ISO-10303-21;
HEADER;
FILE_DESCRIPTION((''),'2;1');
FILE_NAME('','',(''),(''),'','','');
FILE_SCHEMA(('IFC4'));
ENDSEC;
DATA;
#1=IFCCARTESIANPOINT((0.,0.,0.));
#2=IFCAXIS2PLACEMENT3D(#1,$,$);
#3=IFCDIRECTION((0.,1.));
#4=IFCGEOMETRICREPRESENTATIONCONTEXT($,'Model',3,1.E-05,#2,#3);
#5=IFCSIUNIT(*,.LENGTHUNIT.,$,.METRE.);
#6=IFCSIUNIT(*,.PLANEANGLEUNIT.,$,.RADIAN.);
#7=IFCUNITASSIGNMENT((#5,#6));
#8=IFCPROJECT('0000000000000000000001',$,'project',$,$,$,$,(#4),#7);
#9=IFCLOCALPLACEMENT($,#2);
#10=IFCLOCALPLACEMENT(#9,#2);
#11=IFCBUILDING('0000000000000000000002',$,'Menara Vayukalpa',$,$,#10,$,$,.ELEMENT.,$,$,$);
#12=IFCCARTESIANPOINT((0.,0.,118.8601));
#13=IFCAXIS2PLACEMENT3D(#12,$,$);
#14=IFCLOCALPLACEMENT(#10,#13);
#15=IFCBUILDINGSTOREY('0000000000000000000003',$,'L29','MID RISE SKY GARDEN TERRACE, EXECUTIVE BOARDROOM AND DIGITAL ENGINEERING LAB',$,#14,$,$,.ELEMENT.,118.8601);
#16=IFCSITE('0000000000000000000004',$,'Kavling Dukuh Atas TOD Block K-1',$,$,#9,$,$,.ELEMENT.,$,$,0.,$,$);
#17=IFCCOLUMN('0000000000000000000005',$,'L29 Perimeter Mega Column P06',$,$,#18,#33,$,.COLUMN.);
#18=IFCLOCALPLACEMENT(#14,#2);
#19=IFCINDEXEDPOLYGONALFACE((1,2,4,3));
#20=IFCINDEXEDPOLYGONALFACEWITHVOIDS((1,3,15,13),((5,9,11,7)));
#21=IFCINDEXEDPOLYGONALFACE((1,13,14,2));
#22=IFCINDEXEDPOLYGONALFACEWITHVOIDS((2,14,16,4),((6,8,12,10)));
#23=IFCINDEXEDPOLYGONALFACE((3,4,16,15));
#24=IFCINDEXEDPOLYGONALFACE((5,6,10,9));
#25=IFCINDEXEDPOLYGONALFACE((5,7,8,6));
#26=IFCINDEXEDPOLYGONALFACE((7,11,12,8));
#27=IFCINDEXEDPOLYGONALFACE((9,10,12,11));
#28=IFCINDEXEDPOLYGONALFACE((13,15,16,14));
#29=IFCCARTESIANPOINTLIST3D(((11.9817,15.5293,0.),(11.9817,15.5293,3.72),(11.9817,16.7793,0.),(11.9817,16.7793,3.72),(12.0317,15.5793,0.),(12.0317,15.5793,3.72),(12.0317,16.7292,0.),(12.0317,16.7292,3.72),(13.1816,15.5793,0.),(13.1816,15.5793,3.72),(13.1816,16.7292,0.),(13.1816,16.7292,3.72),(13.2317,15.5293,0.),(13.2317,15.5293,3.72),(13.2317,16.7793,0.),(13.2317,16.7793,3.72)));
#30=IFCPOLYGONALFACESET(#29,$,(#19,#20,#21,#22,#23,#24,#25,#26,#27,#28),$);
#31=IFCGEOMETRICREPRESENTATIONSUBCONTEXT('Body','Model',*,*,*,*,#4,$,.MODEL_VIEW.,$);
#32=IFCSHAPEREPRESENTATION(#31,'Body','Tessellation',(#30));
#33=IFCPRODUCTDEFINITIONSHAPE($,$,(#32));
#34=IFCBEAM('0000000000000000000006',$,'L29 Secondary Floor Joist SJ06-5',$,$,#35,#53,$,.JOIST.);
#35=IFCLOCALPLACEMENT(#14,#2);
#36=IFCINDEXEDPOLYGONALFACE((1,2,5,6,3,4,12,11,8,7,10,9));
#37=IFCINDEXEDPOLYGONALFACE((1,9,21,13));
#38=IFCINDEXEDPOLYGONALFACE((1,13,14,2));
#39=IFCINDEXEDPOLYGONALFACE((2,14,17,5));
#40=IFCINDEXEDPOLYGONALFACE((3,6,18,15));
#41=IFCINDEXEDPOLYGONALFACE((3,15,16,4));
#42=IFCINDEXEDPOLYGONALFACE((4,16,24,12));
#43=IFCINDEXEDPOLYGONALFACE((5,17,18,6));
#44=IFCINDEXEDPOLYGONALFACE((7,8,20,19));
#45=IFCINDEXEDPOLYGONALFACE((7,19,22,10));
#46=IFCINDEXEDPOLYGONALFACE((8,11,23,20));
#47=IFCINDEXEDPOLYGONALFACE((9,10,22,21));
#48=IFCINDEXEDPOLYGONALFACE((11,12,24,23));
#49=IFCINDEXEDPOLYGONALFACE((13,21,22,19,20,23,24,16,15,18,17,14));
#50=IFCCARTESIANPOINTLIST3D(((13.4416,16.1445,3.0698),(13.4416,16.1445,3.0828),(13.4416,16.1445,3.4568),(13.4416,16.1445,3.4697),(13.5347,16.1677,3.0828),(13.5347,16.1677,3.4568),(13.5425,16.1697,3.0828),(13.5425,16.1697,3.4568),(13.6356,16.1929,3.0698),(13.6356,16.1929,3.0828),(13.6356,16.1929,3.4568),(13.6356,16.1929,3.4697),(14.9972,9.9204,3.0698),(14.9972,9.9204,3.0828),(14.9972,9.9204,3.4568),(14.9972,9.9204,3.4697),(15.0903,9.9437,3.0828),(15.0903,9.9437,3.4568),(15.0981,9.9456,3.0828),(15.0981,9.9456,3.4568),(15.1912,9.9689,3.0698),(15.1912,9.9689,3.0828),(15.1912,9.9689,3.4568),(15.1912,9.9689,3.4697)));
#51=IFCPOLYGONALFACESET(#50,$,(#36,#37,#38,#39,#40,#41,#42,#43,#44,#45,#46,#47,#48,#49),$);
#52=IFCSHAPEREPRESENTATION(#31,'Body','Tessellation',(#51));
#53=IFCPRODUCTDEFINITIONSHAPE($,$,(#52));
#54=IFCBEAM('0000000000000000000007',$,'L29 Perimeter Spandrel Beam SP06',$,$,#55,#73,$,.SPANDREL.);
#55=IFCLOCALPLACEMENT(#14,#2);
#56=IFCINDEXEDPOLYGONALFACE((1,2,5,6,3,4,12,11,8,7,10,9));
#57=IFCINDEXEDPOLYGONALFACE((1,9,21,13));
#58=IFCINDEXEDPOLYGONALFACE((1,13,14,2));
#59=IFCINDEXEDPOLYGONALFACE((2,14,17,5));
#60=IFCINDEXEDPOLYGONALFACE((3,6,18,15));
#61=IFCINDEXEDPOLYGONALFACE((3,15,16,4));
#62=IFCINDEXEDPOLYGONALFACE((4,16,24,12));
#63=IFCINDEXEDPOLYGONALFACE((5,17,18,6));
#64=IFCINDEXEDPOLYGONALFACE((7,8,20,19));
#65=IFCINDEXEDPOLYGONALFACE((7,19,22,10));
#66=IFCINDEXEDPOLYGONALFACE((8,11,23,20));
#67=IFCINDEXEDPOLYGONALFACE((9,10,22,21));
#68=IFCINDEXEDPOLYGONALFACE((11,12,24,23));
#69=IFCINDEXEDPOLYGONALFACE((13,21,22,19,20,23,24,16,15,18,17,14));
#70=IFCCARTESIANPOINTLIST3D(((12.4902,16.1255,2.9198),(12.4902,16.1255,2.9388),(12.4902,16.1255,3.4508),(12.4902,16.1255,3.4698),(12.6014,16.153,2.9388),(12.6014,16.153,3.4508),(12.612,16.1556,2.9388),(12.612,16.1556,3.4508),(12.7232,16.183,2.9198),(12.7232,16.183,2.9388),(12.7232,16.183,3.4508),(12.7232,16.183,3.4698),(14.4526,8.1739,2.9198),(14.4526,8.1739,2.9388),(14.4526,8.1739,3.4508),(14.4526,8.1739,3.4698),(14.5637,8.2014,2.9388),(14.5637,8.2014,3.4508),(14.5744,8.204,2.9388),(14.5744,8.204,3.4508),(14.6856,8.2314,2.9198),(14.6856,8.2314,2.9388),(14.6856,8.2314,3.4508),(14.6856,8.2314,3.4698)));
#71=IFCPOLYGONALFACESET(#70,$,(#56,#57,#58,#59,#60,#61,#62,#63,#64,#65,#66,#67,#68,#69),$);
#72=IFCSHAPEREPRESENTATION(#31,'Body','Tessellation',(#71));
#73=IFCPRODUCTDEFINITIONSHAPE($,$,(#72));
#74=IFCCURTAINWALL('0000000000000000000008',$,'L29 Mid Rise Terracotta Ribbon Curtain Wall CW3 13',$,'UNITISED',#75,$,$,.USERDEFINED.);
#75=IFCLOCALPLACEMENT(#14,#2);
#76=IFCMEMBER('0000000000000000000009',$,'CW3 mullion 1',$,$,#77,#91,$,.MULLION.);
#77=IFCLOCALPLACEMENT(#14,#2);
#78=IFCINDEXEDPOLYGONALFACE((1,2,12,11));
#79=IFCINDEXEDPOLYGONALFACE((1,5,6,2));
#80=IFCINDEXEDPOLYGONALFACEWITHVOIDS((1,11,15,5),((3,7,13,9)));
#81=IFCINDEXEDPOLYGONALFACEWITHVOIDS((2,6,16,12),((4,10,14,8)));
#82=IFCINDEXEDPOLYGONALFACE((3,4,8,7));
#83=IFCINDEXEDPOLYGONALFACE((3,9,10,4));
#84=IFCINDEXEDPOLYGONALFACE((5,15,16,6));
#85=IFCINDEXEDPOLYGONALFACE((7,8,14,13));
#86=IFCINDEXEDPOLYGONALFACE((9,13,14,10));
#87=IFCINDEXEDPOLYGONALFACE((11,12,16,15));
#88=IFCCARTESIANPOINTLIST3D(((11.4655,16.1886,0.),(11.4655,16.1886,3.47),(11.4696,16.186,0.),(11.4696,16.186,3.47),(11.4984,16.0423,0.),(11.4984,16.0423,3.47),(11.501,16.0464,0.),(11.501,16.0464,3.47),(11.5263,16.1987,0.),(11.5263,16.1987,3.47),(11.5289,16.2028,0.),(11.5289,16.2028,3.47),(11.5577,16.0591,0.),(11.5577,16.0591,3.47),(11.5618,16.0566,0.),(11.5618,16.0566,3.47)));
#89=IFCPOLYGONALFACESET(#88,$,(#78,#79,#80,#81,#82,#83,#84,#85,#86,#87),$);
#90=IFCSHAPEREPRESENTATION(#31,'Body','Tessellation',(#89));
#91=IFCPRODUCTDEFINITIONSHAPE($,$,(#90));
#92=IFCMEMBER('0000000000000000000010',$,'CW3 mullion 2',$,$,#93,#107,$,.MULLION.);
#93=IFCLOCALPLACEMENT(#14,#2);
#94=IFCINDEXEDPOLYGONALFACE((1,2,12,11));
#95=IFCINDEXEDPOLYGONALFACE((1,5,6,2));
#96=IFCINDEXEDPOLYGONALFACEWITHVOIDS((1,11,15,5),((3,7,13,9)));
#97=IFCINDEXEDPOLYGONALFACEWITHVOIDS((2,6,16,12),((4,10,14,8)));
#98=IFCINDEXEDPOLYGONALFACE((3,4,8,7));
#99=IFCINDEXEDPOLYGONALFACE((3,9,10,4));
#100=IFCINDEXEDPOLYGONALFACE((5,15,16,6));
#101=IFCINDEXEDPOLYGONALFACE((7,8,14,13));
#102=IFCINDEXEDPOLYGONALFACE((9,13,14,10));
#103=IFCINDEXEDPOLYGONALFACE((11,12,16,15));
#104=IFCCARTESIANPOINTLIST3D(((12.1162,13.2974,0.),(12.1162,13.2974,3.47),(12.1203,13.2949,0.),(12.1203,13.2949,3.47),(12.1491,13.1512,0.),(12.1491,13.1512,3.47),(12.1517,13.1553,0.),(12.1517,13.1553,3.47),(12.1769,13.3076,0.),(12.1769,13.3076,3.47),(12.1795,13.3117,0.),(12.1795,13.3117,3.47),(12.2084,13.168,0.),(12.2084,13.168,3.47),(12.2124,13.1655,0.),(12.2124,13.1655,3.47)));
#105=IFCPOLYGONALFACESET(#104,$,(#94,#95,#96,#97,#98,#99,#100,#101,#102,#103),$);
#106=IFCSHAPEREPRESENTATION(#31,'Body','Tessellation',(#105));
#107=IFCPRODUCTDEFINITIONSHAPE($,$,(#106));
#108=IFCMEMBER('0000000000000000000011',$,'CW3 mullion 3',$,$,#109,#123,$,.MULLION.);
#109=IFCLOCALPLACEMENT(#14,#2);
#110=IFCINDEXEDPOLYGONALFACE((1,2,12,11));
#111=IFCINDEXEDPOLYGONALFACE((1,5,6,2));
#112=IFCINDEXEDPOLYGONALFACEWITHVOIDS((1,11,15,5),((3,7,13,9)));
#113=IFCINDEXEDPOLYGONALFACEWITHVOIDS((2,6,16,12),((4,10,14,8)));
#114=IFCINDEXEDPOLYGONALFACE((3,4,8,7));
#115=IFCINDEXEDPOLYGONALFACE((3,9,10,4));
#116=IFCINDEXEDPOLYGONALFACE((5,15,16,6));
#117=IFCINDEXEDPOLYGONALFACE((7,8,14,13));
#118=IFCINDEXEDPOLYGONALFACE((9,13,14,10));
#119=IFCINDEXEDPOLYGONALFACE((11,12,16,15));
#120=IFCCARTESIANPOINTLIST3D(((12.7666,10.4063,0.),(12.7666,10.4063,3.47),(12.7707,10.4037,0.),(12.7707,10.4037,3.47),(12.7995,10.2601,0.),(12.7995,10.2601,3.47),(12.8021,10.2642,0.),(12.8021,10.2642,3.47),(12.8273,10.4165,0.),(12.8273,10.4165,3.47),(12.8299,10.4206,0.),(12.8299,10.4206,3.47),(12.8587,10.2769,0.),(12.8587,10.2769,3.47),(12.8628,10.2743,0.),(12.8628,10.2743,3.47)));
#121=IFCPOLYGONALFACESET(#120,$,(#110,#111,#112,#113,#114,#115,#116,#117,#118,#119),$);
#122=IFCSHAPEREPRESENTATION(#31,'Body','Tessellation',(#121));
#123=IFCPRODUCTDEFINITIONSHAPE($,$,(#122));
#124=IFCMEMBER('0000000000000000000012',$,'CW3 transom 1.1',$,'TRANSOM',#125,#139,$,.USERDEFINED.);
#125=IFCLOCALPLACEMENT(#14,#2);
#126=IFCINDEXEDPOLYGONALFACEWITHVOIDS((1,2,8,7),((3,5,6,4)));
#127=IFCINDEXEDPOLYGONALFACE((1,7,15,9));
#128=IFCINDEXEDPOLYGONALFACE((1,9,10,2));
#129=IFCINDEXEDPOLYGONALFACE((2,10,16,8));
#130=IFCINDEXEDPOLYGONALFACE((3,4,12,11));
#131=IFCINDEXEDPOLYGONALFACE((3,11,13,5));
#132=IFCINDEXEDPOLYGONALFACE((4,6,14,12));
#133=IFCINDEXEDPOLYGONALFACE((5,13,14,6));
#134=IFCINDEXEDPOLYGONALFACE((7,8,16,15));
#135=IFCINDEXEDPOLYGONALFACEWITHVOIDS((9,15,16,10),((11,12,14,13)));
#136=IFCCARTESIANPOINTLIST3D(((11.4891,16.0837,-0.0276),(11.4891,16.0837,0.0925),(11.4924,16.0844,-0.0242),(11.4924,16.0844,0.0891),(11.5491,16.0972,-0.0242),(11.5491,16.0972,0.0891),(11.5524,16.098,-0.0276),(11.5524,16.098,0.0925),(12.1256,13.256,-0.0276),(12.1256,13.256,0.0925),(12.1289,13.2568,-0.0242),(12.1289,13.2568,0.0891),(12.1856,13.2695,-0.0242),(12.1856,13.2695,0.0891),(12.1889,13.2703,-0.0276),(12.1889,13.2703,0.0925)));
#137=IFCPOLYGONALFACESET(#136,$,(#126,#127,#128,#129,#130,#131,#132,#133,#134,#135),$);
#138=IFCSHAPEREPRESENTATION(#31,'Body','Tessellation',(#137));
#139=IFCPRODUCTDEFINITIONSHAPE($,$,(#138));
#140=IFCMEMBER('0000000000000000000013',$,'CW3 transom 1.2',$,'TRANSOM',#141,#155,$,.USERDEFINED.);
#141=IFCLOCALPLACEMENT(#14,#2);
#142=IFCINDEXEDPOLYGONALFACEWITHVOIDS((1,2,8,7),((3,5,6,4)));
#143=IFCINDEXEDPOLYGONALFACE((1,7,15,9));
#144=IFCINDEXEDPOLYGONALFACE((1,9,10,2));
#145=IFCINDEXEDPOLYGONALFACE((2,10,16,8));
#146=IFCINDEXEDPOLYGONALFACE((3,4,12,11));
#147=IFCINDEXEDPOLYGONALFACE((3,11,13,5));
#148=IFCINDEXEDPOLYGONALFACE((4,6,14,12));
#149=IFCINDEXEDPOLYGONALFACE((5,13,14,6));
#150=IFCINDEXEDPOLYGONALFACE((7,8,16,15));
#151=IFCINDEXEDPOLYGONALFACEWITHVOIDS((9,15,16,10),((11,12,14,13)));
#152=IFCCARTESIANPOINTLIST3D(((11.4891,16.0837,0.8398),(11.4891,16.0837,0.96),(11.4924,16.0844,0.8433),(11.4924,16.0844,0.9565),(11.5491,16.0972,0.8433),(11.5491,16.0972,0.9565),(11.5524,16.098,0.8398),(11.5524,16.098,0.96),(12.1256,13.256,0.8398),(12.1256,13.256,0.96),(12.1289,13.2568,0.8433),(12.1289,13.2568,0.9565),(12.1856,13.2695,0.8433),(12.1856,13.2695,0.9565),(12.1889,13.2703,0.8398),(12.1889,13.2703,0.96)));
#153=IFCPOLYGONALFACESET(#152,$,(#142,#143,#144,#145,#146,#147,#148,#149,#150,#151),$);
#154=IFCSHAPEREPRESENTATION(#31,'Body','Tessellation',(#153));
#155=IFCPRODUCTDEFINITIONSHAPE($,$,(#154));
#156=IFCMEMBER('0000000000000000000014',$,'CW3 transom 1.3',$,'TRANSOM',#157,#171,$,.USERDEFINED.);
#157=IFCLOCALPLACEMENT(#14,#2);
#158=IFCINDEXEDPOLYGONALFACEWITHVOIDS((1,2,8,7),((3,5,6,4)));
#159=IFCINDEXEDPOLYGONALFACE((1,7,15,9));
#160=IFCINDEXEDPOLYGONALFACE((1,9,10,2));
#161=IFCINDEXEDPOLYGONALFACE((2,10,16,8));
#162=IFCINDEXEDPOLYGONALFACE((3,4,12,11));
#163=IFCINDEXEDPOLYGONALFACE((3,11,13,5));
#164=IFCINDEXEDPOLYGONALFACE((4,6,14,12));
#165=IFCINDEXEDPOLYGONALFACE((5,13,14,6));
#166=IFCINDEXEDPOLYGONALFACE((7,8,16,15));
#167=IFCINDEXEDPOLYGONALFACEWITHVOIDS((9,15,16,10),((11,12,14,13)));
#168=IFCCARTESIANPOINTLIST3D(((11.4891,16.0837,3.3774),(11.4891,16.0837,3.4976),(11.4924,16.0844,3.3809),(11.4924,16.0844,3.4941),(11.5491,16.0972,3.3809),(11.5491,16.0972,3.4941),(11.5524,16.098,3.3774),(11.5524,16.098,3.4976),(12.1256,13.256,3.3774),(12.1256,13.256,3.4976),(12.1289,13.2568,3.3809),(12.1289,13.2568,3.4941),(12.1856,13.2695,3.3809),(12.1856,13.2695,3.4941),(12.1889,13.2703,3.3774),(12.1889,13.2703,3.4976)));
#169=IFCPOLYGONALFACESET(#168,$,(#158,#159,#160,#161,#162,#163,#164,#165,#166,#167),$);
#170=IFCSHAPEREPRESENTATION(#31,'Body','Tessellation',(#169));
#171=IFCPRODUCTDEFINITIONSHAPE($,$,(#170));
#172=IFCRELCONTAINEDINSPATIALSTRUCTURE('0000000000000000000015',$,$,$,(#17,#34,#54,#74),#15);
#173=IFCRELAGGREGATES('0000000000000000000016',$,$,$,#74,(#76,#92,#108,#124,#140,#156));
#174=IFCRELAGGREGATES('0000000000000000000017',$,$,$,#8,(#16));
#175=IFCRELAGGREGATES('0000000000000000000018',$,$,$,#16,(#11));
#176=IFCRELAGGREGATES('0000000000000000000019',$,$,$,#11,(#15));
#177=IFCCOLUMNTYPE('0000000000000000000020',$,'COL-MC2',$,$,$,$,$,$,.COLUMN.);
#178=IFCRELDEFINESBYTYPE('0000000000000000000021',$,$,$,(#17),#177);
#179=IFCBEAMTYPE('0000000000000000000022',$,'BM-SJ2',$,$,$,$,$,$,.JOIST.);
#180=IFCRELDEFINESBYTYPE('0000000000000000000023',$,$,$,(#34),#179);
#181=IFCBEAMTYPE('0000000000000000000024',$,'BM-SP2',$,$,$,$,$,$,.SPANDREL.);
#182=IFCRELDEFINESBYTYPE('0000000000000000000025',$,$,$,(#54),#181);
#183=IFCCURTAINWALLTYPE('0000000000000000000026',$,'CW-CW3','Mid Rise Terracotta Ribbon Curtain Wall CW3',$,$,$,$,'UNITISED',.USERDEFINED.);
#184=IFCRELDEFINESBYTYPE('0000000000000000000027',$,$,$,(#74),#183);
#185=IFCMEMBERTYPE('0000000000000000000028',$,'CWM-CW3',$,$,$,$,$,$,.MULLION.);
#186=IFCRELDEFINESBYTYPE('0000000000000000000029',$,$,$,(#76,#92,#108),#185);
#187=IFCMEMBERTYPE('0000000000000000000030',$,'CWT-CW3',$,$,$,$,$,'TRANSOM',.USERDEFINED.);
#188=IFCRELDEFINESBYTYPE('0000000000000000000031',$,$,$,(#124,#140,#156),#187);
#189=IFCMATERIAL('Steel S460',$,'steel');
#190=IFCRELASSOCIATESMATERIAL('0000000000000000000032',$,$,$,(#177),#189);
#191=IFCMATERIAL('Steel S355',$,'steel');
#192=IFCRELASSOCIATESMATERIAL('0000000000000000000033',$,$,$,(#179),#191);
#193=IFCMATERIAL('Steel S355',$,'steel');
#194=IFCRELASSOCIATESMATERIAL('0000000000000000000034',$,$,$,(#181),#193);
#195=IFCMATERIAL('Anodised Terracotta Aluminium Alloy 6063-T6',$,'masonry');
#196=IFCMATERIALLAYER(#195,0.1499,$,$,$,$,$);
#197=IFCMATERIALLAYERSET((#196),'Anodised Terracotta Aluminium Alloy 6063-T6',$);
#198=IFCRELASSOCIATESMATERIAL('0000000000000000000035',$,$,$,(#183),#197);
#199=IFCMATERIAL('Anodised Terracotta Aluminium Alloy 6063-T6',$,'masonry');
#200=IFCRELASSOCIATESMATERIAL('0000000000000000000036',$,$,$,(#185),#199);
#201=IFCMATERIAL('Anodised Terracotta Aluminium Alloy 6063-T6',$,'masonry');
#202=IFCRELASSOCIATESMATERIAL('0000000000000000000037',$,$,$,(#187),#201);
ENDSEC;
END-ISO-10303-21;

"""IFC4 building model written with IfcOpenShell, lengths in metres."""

from ifc_helpers import new_model, si_unit, direction, frame, origin, origin_2d, place, context, subcontext, project, spatial, hollow_rectangle, i_section, extrude, material, layer, layer_set, material_profile, profile_set, type_object, element, aggregate, save


model = new_model("IFC4")

# Units and contexts
model_context = context("Model", 3, precision=1e-05, world=origin(), true_north=direction((0.0, 1.0)))
body_context = subcontext(model_context, "Body", "Model", "MODEL_VIEW")
ifc_project = project(units=[si_unit("LENGTHUNIT", "METRE"), si_unit("PLANEANGLEUNIT", "RADIAN")], contexts=[model_context])

# Site, building, storey
site_placement = place(None, origin())
site = spatial("IfcSite", under=ifc_project, at=site_placement, Name="Kavling Dukuh Atas TOD Block K-1", CompositionType="ELEMENT", RefElevation=0.0)
building_placement = place(site_placement, origin())
building = spatial("IfcBuilding", under=site, at=building_placement, Name="Menara Vayukalpa", CompositionType="ELEMENT")
storey_placement = place(building_placement, frame((0.0, 0.0, 118.8601)))
storey = spatial("IfcBuildingStorey", under=building, at=storey_placement, Name="L29", Description="MID RISE SKY GARDEN TERRACE, EXECUTIVE BOARDROOM AND DIGITAL ENGINEERING LAB", CompositionType="ELEMENT", Elevation=118.8601)

# Column
ifc_material_1 = material(Name="Steel S460", Category="steel")
ifc_material_profile_1 = material_profile(ifc_material_1, hollow_rectangle(XDim=1.25, YDim=1.25, WallThickness=0.05, at=origin_2d()), Name="BOX 1250x1250x50")
ifc_profile_set_1 = profile_set([ifc_material_profile_1], Name="Steel S460")
column_type = type_object("IfcColumnType", Name="COL-MC2", PredefinedType="COLUMN", material=ifc_profile_set_1)
column_placement = place(storey_placement, frame((12.6067, 16.1543, 0.0), z_axis=(0.0, 0.0, 1.0), x_axis=(1.0, 0.0, 0.0)))
element("IfcColumn", 1, at=column_placement, inside=storey, type_object=column_type, Name="L29 Perimeter Mega Column P06", PredefinedType="COLUMN", context=body_context, shape_type="SweptSolid", body=[
    extrude(hollow_rectangle(XDim=1.25, YDim=1.25, WallThickness=0.05, at=origin_2d()), origin(), (0.0, 0.0, 1.0), 3.72),
])

# Beams
ifc_material_2 = material(Name="Steel S355", Category="steel")
ifc_material_profile_2 = material_profile(ifc_material_2, i_section(OverallWidth=0.2, OverallDepth=0.3999, WebThickness=0.0081, FlangeThickness=0.0129, at=origin_2d()), Name="WF 400x200x8x13")
ifc_profile_set_2 = profile_set([ifc_material_profile_2], Name="Steel S355")
beam_type_1 = type_object("IfcBeamType", Name="BM-SJ2", PredefinedType="JOIST", material=ifc_profile_set_2)
beam_1_placement = place(storey_placement, frame((13.5386, 16.1687, 3.2698), z_axis=(0.242482, -0.970156, 0.0), x_axis=(0.970156, 0.242482, 0.0)))
element("IfcBeam", 2, at=beam_1_placement, inside=storey, type_object=beam_type_1, Name="L29 Secondary Floor Joist SJ06-5", PredefinedType="JOIST", context=body_context, shape_type="SweptSolid", body=[
    extrude(i_section(OverallWidth=0.2, OverallDepth=0.3999, WebThickness=0.0081, FlangeThickness=0.0129, at=origin_2d()), origin(), (0.0, 0.0, 1.0), 6.4155),
])
ifc_material_3 = material(Name="Steel S355", Category="steel")
ifc_material_profile_3 = material_profile(ifc_material_3, i_section(OverallWidth=0.24, OverallDepth=0.55, WebThickness=0.011, FlangeThickness=0.019, at=origin_2d()), Name="WF 550x240x11x19")
ifc_profile_set_3 = profile_set([ifc_material_profile_3], Name="Steel S355")
beam_type_2 = type_object("IfcBeamType", Name="BM-SP2", PredefinedType="SPANDREL", material=ifc_profile_set_3)
beam_2_placement = place(storey_placement, frame((12.6067, 16.1543, 3.1948), z_axis=(0.239603, -0.970871, 0.0), x_axis=(0.970871, 0.239603, 0.0)))
element("IfcBeam", 3, at=beam_2_placement, inside=storey, type_object=beam_type_2, Name="L29 Perimeter Spandrel Beam SP06", PredefinedType="SPANDREL", context=body_context, shape_type="SweptSolid", body=[
    extrude(i_section(OverallWidth=0.24, OverallDepth=0.55, WebThickness=0.011, FlangeThickness=0.019, at=origin_2d()), origin(), (0.0, 0.0, 1.0), 8.1902),
])

# Curtain wall, members
ifc_material_4 = material(Name="Anodised Terracotta Aluminium Alloy 6063-T6", Category="masonry")
ifc_layer_1 = layer(ifc_material_4, 0.1499)
ifc_layer_set_1 = layer_set([ifc_layer_1], Name="Anodised Terracotta Aluminium Alloy 6063-T6")
curtain_wall_type = type_object("IfcCurtainWallType", Name="CW-CW3", Description="Mid Rise Terracotta Ribbon Curtain Wall CW3", ElementType="UNITISED", PredefinedType="USERDEFINED", material=ifc_layer_set_1)
curtain_wall_placement = place(storey_placement, origin())
curtain_wall = element("IfcCurtainWall", 4, at=curtain_wall_placement, inside=storey, type_object=curtain_wall_type, Name="L29 Mid Rise Terracotta Ribbon Curtain Wall CW3 13", ObjectType="UNITISED", PredefinedType="USERDEFINED")
ifc_material_5 = material(Name="Anodised Terracotta Aluminium Alloy 6063-T6", Category="masonry")
ifc_material_profile_4 = material_profile(ifc_material_5, hollow_rectangle(XDim=0.0649, YDim=0.1499, WallThickness=0.0034, at=origin_2d()), Name="ALU 65x150x3.5")
ifc_profile_set_4 = profile_set([ifc_material_profile_4], Name="Anodised Terracotta Aluminium Alloy 6063-T6")
member_type_1 = type_object("IfcMemberType", Name="CWM-CW3", PredefinedType="MULLION", material=ifc_profile_set_4)
member_1_placement = place(storey_placement, frame((11.5137, 16.1226, 0.0), z_axis=(0.0, 0.0, 1.0), x_axis=(0.975609, 0.219515, 0.0)))
member_1 = element("IfcMember", 5, at=member_1_placement, type_object=member_type_1, Name="CW3 mullion 1", PredefinedType="MULLION", context=body_context, shape_type="SweptSolid", body=[
    extrude(hollow_rectangle(XDim=0.0649, YDim=0.1499, WallThickness=0.0034, at=origin_2d()), origin(), (0.0, 0.0, 1.0), 3.47),
])
member_2_placement = place(storey_placement, frame((12.1643, 13.2314, 0.0), z_axis=(0.0, 0.0, 1.0), x_axis=(0.975609, 0.219515, 0.0)))
member_2 = element("IfcMember", 6, at=member_2_placement, type_object=member_type_1, Name="CW3 mullion 2", PredefinedType="MULLION", context=body_context, shape_type="SweptSolid", body=[
    extrude(hollow_rectangle(XDim=0.0649, YDim=0.1499, WallThickness=0.0034, at=origin_2d()), origin(), (0.0, 0.0, 1.0), 3.47),
])
member_3_placement = place(storey_placement, frame((12.8147, 10.3403, 0.0), z_axis=(0.0, 0.0, 1.0), x_axis=(0.975609, 0.219515, 0.0)))
member_3 = element("IfcMember", 7, at=member_3_placement, type_object=member_type_1, Name="CW3 mullion 3", PredefinedType="MULLION", context=body_context, shape_type="SweptSolid", body=[
    extrude(hollow_rectangle(XDim=0.0649, YDim=0.1499, WallThickness=0.0034, at=origin_2d()), origin(), (0.0, 0.0, 1.0), 3.47),
])
ifc_material_6 = material(Name="Anodised Terracotta Aluminium Alloy 6063-T6", Category="masonry")
ifc_material_profile_5 = material_profile(ifc_material_6, hollow_rectangle(XDim=0.0649, YDim=0.1201, WallThickness=0.0034, at=origin_2d()), Name="ALU 65x120x3.5")
ifc_profile_set_5 = profile_set([ifc_material_profile_5], Name="Anodised Terracotta Aluminium Alloy 6063-T6")
member_type_2 = type_object("IfcMemberType", Name="CWT-CW3", ElementType="TRANSOM", PredefinedType="USERDEFINED", material=ifc_profile_set_5)
member_4_placement = place(storey_placement, frame((11.5208, 16.0908, 0.0325), z_axis=(0.219596, -0.975591, 0.0), x_axis=(0.975591, 0.219596, 0.0)))
member_4 = element("IfcMember", 8, at=member_4_placement, type_object=member_type_2, Name="CW3 transom 1.1", ObjectType="TRANSOM", PredefinedType="USERDEFINED", context=body_context, shape_type="SweptSolid", body=[
    extrude(hollow_rectangle(XDim=0.0649, YDim=0.1201, WallThickness=0.0034, at=origin_2d()), origin(), (0.0, 0.0, 1.0), 2.8984),
])
member_5_placement = place(storey_placement, frame((11.5208, 16.0908, 0.8999), z_axis=(0.219596, -0.975591, 0.0), x_axis=(0.975591, 0.219596, 0.0)))
member_5 = element("IfcMember", 9, at=member_5_placement, type_object=member_type_2, Name="CW3 transom 1.2", ObjectType="TRANSOM", PredefinedType="USERDEFINED", context=body_context, shape_type="SweptSolid", body=[
    extrude(hollow_rectangle(XDim=0.0649, YDim=0.1201, WallThickness=0.0034, at=origin_2d()), origin(), (0.0, 0.0, 1.0), 2.8984),
])
member_6_placement = place(storey_placement, frame((11.5208, 16.0908, 3.4375), z_axis=(0.219596, -0.975591, 0.0), x_axis=(0.975591, 0.219596, 0.0)))
member_6 = element("IfcMember", 10, at=member_6_placement, type_object=member_type_2, Name="CW3 transom 1.3", ObjectType="TRANSOM", PredefinedType="USERDEFINED", context=body_context, shape_type="SweptSolid", body=[
    extrude(hollow_rectangle(XDim=0.0649, YDim=0.1201, WallThickness=0.0034, at=origin_2d()), origin(), (0.0, 0.0, 1.0), 2.8984),
])
aggregate(curtain_wall, [member_1, member_2, member_3, member_4, member_5, member_6])

save(model, "model.ifc")
